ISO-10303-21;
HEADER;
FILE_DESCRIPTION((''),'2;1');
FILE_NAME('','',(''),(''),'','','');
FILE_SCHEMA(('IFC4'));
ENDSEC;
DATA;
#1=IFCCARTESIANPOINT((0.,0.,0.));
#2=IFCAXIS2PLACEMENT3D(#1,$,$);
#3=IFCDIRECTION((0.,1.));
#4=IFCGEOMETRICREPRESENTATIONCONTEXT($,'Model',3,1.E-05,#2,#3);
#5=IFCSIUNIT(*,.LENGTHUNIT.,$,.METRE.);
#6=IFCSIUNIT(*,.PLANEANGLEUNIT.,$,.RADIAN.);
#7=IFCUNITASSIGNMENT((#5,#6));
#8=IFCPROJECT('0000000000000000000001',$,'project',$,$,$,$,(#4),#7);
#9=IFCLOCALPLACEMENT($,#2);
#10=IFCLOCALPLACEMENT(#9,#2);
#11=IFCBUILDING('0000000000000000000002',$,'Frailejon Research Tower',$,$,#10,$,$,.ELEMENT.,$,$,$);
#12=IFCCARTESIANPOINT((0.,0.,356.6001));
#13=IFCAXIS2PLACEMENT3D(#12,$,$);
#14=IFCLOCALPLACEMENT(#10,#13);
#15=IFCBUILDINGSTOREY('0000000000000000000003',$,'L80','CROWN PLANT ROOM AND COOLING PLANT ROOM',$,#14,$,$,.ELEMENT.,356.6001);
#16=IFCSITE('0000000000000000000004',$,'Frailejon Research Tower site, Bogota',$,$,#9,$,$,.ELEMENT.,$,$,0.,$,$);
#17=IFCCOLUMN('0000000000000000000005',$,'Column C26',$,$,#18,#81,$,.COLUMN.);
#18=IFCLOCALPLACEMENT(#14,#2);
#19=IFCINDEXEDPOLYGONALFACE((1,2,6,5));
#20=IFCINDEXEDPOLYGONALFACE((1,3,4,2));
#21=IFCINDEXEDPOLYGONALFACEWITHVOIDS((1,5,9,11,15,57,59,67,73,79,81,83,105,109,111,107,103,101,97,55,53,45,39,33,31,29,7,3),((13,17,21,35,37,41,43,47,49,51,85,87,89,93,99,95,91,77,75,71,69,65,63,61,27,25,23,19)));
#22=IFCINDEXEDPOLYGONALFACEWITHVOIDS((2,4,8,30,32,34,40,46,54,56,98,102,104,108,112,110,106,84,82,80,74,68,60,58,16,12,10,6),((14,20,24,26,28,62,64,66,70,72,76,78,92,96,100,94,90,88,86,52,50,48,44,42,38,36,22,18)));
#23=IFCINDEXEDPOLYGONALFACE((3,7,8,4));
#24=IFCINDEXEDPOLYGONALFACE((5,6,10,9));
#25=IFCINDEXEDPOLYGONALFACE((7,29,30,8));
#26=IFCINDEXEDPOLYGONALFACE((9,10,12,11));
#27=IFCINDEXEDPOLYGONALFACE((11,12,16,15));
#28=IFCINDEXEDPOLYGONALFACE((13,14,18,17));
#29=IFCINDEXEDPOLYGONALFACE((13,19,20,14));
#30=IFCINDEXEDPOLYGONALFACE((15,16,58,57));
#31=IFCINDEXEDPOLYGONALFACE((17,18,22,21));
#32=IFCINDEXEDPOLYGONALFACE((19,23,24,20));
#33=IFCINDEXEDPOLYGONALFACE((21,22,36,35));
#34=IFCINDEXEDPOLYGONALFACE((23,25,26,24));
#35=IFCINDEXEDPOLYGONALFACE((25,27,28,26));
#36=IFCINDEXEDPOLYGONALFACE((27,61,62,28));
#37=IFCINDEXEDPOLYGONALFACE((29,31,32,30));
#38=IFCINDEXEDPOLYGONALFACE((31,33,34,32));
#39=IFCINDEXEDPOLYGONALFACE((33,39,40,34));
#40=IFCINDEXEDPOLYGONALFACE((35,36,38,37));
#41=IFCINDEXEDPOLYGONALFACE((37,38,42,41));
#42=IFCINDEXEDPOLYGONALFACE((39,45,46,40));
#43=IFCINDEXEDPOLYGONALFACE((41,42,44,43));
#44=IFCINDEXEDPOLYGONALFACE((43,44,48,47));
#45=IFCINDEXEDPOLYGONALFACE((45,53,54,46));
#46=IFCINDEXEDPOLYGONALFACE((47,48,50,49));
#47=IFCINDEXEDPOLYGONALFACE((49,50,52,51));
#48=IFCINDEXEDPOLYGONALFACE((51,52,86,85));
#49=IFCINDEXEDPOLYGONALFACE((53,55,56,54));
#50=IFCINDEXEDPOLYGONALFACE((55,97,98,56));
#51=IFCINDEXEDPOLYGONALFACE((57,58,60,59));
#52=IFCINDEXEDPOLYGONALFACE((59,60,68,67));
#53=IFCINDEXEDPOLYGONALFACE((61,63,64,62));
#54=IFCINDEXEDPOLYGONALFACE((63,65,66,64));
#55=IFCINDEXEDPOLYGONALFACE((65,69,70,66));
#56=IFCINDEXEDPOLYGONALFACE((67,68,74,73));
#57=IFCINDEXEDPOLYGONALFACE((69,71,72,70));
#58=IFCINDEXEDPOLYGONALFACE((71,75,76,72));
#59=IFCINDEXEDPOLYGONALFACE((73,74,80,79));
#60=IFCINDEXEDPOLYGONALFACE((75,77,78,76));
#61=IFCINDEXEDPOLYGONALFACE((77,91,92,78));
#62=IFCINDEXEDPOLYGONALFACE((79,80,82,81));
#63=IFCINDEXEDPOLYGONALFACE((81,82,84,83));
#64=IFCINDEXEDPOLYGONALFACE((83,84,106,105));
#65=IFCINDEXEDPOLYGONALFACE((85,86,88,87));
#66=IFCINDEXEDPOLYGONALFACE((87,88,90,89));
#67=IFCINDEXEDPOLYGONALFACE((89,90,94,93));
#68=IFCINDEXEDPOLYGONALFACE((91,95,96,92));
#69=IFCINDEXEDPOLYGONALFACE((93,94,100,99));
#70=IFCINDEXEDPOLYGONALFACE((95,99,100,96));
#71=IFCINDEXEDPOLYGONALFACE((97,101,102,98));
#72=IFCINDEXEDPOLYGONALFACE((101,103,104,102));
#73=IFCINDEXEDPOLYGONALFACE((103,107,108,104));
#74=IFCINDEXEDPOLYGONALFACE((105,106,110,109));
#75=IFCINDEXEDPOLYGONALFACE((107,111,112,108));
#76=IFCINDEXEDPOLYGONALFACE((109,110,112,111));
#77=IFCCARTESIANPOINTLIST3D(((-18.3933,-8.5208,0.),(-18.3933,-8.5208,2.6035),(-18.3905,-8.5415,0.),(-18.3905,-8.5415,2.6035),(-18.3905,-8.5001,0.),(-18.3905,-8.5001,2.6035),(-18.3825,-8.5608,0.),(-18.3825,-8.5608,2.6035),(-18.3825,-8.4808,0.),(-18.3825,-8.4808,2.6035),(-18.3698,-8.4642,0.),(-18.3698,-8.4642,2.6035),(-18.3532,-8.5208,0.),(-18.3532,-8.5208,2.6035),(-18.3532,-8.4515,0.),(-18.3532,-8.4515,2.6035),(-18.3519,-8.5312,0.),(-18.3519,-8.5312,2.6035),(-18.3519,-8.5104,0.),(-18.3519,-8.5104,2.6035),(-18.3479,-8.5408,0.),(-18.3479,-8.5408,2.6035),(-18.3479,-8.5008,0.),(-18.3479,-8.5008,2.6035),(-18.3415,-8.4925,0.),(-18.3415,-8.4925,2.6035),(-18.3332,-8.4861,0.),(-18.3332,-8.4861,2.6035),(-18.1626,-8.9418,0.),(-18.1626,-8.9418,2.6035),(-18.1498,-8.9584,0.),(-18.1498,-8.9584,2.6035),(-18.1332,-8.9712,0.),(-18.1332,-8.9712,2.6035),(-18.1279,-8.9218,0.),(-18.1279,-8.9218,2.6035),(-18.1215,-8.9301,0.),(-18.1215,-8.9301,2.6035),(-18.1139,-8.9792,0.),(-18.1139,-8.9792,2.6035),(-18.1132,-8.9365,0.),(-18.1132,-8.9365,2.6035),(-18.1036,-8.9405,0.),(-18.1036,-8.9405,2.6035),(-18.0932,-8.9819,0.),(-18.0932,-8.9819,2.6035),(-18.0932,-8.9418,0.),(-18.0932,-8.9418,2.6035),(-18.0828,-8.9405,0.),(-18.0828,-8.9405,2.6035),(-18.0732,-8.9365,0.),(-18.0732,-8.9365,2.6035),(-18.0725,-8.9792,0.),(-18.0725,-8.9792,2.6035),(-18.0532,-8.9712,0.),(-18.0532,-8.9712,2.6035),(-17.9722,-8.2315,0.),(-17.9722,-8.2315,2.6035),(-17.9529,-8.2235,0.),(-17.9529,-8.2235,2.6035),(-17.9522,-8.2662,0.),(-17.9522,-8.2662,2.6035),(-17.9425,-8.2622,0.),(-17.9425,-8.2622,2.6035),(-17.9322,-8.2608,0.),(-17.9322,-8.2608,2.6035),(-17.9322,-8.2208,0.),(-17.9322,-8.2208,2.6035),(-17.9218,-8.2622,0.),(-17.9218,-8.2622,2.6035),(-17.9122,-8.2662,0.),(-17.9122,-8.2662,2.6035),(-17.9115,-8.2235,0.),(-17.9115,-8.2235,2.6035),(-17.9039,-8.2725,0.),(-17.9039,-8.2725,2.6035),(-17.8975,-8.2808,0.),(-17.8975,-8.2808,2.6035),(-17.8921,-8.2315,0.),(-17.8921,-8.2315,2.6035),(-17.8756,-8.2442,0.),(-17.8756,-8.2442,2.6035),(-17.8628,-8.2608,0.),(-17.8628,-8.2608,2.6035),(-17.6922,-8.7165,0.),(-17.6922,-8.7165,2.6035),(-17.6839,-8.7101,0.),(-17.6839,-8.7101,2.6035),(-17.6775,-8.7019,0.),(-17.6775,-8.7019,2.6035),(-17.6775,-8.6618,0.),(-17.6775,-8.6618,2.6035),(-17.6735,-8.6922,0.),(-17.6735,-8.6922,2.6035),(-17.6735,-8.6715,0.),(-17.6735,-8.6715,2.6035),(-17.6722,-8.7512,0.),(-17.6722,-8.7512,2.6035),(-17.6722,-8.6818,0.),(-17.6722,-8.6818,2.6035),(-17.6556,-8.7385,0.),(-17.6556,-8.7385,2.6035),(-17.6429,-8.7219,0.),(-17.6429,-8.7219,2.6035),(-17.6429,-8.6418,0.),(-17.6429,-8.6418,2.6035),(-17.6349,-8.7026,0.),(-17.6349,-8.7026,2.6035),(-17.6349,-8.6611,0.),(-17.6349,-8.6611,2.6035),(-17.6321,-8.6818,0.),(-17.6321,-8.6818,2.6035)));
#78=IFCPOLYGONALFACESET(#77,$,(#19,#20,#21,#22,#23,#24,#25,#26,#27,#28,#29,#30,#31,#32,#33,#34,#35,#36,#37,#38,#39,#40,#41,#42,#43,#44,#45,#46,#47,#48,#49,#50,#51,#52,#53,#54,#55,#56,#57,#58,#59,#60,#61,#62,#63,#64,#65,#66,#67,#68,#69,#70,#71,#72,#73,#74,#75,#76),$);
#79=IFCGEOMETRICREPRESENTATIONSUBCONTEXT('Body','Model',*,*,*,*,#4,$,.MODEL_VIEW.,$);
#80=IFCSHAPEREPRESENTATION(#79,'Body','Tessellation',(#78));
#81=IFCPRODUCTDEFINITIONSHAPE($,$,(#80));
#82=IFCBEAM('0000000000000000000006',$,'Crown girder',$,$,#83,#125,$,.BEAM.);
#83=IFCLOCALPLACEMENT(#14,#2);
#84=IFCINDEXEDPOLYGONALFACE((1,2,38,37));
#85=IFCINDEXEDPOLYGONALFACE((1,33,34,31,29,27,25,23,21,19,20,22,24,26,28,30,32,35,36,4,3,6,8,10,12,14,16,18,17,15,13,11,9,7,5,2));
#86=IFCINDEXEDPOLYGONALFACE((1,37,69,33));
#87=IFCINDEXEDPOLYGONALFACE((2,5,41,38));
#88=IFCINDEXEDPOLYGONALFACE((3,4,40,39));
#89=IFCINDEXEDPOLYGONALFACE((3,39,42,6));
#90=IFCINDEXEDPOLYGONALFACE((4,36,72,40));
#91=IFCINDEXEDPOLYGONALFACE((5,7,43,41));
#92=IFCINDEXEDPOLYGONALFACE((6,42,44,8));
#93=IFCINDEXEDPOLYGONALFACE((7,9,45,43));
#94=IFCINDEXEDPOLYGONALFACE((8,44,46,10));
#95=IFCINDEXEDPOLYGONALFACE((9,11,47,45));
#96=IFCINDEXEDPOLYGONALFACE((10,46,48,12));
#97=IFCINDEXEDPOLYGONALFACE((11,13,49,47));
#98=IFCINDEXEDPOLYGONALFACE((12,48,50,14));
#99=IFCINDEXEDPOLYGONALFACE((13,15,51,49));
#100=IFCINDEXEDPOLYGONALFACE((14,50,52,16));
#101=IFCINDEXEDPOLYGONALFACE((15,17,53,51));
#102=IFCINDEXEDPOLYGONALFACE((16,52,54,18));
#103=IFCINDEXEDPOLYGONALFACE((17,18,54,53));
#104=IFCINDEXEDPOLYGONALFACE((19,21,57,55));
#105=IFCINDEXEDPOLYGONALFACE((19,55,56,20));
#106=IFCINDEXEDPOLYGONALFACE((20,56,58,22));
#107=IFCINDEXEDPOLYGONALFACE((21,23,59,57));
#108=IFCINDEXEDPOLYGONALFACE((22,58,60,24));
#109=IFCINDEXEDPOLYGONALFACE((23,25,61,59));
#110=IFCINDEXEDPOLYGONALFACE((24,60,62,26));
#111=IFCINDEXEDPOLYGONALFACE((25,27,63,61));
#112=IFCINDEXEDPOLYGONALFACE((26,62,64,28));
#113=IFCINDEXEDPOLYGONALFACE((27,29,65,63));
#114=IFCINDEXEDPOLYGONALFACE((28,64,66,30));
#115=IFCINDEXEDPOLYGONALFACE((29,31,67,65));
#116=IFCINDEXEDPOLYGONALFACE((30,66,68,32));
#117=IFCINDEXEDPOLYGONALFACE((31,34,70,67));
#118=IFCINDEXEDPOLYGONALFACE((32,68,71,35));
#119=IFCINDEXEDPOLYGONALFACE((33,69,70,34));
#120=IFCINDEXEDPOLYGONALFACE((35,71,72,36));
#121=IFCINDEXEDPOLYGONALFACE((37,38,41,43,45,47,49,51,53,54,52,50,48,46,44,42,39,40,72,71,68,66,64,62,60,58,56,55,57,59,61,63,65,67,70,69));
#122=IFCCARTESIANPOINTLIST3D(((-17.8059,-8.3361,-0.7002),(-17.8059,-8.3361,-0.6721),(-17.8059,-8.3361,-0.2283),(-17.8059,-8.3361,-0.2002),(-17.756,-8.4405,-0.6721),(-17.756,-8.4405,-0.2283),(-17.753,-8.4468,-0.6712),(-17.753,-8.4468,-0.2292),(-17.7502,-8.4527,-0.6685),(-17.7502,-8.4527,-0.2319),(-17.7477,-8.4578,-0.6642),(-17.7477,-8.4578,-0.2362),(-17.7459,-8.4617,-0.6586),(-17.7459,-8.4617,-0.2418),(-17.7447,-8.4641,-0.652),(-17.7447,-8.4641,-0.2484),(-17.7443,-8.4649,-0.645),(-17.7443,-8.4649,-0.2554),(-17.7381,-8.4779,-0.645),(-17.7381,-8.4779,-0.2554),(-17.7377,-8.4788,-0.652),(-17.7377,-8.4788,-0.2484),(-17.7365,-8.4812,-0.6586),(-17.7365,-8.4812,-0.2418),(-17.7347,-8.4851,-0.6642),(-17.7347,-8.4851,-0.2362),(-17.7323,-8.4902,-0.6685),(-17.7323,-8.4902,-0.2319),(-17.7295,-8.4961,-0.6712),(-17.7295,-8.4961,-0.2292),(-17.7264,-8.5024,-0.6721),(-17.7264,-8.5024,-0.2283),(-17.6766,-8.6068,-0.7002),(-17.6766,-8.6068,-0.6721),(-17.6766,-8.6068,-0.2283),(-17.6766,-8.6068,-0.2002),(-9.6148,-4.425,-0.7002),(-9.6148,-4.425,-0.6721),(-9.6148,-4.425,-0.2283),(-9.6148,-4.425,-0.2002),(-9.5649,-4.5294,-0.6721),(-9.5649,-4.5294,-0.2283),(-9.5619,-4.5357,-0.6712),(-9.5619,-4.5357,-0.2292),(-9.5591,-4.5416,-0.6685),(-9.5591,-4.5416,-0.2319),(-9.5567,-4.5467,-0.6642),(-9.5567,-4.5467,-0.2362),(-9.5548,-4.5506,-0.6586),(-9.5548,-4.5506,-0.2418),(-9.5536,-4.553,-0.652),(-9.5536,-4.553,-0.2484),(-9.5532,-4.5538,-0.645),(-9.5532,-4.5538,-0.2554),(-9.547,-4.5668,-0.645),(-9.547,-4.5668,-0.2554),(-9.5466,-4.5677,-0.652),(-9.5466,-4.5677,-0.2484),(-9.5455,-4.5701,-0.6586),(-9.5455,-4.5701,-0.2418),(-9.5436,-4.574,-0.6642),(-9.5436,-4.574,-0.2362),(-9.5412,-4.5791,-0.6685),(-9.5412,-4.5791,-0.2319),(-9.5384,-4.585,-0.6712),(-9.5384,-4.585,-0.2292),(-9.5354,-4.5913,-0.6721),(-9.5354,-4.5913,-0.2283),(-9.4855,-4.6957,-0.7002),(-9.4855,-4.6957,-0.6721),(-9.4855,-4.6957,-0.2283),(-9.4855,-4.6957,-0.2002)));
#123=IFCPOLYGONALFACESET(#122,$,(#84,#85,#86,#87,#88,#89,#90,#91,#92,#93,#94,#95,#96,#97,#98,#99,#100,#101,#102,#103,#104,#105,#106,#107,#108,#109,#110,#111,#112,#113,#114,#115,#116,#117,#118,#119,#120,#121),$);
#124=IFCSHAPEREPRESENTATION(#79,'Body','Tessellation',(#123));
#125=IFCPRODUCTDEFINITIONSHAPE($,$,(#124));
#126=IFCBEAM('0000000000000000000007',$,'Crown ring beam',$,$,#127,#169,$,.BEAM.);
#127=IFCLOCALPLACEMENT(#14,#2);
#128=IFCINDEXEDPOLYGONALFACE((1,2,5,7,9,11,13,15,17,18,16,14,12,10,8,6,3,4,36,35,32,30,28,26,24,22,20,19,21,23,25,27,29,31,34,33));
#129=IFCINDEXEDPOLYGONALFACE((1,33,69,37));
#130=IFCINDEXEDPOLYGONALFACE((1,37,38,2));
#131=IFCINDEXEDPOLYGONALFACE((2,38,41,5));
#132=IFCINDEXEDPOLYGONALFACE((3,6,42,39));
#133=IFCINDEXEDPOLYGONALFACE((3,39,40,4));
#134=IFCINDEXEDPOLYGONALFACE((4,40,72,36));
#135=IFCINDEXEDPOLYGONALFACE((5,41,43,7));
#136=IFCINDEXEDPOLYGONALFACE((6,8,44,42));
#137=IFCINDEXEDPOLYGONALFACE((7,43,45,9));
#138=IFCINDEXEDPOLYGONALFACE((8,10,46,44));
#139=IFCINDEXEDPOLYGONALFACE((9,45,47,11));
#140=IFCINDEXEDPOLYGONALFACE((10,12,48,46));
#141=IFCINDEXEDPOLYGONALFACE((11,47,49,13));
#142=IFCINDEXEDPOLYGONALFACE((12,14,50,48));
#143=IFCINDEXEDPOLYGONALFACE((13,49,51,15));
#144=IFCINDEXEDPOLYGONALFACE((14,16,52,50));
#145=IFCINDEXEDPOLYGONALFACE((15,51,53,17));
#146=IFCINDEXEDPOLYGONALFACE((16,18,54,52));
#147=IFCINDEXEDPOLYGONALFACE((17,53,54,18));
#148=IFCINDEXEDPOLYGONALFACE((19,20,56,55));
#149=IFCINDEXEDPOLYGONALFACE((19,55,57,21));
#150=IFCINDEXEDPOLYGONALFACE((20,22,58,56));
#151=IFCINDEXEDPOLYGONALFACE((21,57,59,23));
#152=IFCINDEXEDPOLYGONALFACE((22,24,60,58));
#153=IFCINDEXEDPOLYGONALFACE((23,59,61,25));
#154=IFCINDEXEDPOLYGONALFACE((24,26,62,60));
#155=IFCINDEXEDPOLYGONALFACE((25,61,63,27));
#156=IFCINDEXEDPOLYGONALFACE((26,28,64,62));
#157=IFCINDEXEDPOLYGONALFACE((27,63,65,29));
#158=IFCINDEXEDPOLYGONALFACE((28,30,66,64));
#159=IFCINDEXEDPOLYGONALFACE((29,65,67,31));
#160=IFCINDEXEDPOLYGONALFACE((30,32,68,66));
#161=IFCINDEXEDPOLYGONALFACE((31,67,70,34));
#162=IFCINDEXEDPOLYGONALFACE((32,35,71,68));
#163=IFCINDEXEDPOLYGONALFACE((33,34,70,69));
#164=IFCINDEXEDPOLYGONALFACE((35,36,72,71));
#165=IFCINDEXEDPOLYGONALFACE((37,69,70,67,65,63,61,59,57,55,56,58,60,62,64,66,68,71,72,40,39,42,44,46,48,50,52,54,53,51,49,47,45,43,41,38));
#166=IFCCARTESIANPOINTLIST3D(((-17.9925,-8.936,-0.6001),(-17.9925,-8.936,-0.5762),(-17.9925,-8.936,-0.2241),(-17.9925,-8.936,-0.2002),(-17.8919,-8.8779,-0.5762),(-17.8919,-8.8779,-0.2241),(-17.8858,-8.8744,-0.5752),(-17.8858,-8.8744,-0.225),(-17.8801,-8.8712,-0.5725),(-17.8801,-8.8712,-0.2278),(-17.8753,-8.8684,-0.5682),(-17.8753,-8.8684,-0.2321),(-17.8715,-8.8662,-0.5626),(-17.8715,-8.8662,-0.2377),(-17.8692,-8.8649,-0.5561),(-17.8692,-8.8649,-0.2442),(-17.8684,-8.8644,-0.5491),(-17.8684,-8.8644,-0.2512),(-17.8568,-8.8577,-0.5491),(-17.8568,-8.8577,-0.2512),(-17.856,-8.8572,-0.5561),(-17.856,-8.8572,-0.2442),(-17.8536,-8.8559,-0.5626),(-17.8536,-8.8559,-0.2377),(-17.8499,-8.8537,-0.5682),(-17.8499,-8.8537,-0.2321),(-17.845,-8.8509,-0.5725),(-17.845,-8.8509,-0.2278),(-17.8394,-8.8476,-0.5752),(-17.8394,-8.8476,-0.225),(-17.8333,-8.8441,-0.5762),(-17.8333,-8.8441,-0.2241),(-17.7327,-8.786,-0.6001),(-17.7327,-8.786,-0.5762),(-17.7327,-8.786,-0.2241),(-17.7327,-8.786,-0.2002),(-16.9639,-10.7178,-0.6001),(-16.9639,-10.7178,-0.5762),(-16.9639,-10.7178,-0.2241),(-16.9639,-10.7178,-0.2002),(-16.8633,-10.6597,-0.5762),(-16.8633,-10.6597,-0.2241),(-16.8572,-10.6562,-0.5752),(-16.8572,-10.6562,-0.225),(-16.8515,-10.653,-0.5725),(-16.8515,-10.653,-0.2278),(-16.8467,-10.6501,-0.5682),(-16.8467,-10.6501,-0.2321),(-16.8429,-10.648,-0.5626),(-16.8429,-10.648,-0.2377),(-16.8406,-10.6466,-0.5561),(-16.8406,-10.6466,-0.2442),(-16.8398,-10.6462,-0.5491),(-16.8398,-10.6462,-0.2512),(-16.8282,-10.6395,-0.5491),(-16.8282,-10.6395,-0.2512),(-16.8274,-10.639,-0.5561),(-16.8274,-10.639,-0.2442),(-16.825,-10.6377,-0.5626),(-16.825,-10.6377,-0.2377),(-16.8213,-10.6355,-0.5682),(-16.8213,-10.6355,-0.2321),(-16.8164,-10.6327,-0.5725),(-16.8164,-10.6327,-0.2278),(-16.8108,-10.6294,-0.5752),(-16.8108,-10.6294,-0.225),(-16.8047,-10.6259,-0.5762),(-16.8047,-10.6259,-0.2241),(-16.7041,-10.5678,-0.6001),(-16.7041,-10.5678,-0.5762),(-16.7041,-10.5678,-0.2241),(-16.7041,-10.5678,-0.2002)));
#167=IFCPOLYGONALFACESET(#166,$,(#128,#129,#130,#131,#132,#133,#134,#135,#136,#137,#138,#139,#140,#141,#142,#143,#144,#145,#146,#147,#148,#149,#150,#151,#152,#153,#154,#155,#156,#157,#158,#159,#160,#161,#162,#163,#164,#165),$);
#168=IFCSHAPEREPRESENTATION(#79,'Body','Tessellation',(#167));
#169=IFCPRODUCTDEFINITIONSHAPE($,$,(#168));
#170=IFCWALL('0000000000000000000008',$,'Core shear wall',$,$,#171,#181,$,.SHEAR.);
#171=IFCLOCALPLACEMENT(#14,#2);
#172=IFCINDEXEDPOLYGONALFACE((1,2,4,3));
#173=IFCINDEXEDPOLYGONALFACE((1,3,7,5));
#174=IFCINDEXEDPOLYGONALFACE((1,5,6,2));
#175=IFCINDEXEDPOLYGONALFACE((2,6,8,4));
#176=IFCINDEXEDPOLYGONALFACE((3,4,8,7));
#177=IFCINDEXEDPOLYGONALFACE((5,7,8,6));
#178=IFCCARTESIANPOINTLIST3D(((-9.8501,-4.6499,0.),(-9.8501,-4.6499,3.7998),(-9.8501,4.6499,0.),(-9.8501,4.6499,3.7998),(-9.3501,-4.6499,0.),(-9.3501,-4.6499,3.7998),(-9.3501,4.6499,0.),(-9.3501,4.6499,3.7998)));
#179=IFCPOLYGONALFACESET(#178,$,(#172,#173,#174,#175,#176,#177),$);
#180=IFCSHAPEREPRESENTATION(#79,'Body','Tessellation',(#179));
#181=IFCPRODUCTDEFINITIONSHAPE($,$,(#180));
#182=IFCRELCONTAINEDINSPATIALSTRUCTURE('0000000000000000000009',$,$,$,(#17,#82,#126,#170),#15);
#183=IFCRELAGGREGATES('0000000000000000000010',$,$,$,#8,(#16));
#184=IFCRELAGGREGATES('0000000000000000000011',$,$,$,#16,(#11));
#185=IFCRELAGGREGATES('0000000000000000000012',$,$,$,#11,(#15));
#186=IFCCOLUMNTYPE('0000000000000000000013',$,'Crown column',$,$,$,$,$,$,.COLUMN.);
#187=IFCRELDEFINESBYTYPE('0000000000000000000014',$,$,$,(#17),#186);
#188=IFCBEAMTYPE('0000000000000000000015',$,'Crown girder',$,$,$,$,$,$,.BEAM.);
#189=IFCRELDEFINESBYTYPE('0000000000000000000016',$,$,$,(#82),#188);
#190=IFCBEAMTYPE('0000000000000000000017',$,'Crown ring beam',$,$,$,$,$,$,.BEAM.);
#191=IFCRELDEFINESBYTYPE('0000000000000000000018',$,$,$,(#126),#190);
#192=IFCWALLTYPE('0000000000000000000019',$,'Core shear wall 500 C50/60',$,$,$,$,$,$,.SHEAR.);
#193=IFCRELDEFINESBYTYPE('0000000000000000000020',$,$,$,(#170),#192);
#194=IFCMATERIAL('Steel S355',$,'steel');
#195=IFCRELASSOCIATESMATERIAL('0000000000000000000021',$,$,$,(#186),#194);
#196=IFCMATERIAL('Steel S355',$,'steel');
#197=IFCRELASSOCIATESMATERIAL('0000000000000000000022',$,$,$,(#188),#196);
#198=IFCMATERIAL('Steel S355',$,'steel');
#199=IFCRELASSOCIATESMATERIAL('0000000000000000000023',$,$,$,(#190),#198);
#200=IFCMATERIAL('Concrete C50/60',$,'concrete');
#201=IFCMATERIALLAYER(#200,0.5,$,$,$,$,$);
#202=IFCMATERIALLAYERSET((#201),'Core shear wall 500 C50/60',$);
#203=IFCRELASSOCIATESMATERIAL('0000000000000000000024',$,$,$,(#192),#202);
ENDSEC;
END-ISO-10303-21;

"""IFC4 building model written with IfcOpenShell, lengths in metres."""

from ifc_helpers import new_model, si_unit, direction, frame, frame_2d, origin, origin_2d, place, context, subcontext, project, spatial, rectangle, hollow_rectangle, i_section, extrude, material, layer, layer_set, material_profile, profile_set, type_object, element, save


model = new_model("IFC4")

# Units and contexts
model_context = context("Model", 3, precision=1e-05, world=origin(), true_north=direction((0.0, 1.0)))
body_context = subcontext(model_context, "Body", "Model", "MODEL_VIEW")
ifc_project = project(units=[si_unit("LENGTHUNIT", "METRE"), si_unit("PLANEANGLEUNIT", "RADIAN")], contexts=[model_context])

# Site, building, storey
site_placement = place(None, origin())
site = spatial("IfcSite", under=ifc_project, at=site_placement, Name="Frailejon Research Tower site, Bogota", CompositionType="ELEMENT", RefElevation=0.0)
building_placement = place(site_placement, origin())
building = spatial("IfcBuilding", under=site, at=building_placement, Name="Frailejon Research Tower", CompositionType="ELEMENT")
storey_placement = place(building_placement, frame((0.0, 0.0, 356.6001)))
storey = spatial("IfcBuildingStorey", under=building, at=storey_placement, Name="L80", Description="CROWN PLANT ROOM AND COOLING PLANT ROOM", CompositionType="ELEMENT", Elevation=356.6001)

# Column
ifc_material_1 = material(Name="Steel S355", Category="steel")
ifc_material_profile_1 = material_profile(ifc_material_1, hollow_rectangle(XDim=0.6001, YDim=0.6001, WallThickness=0.04, InnerFilletRadius=0.04, OuterFilletRadius=0.0801, at=origin_2d()), Name="Crown column")
ifc_profile_set_1 = profile_set([ifc_material_profile_1], Name="Steel S355")
column_type = type_object("IfcColumnType", Name="Crown column", PredefinedType="COLUMN", material=ifc_profile_set_1)
column_placement = place(storey_placement, frame((-18.0127, -8.6013, 0.0), z_axis=(0.0, 0.0, 1.0), x_axis=(0.5, -0.866025, 0.0)))
element("IfcColumn", 1, at=column_placement, inside=storey, type_object=column_type, Name="Column C26", PredefinedType="COLUMN", context=body_context, shape_type="SweptSolid", body=[
    extrude(hollow_rectangle(XDim=0.6001, YDim=0.6001, WallThickness=0.04, InnerFilletRadius=0.04, OuterFilletRadius=0.0801, at=origin_2d()), origin(), (0.0, 0.0, 1.0), 2.6035),
])

# Beams
ifc_material_2 = material(Name="Steel S355", Category="steel")
ifc_material_profile_2 = material_profile(ifc_material_2, i_section(OverallWidth=0.3, OverallDepth=0.5, WebThickness=0.0144, FlangeThickness=0.0281, FilletRadius=0.0271, at=origin_2d()), Name="HE 500 B")
ifc_profile_set_2 = profile_set([ifc_material_profile_2], Name="Steel S355")
beam_type_1 = type_object("IfcBeamType", Name="Crown girder", PredefinedType="BEAM", material=ifc_profile_set_2)
beam_1_placement = place(storey_placement, frame((-17.7412, -8.4714, -0.4502), z_axis=(0.902408, 0.430883, 0.0), x_axis=(-0.430883, 0.902408, 0.0)))
element("IfcBeam", 2, at=beam_1_placement, inside=storey, type_object=beam_type_1, Name="Crown girder", PredefinedType="BEAM", context=body_context, shape_type="SweptSolid", body=[
    extrude(i_section(OverallWidth=0.3, OverallDepth=0.5, WebThickness=0.0144, FlangeThickness=0.0281, FilletRadius=0.0271, at=origin_2d()), origin(), (0.0, 0.0, 1.0), 9.0769),
])
ifc_material_3 = material(Name="Steel S355", Category="steel")
ifc_material_profile_3 = material_profile(ifc_material_3, i_section(OverallWidth=0.3, OverallDepth=0.3999, WebThickness=0.0134, FlangeThickness=0.0239, FilletRadius=0.0271, at=origin_2d()), Name="HE 400 B")
ifc_profile_set_3 = profile_set([ifc_material_profile_3], Name="Steel S355")
beam_type_2 = type_object("IfcBeamType", Name="Crown ring beam", PredefinedType="BEAM", material=ifc_profile_set_3)
beam_2_placement = place(storey_placement, frame((-16.834, -10.6428, -0.4001), z_axis=(-0.499955, 0.866051, 0.0), x_axis=(-0.866051, -0.499955, 0.0)))
element("IfcBeam", 3, at=beam_2_placement, inside=storey, type_object=beam_type_2, Name="Crown ring beam", PredefinedType="BEAM", context=body_context, shape_type="SweptSolid", body=[
    extrude(i_section(OverallWidth=0.3, OverallDepth=0.3999, WebThickness=0.0134, FlangeThickness=0.0239, FilletRadius=0.0271, at=origin_2d()), origin(), (0.0, 0.0, 1.0), 2.0574),
])

# Wall
ifc_material_4 = material(Name="Concrete C50/60", Category="concrete")
ifc_layer_1 = layer(ifc_material_4, 0.5)
ifc_layer_set_1 = layer_set([ifc_layer_1], Name="Core shear wall 500 C50/60")
wall_type_1 = type_object("IfcWallType", Name="Core shear wall 500 C50/60", PredefinedType="SHEAR", material=ifc_layer_set_1)
wall_1_placement = place(storey_placement, frame((-9.6001, 4.6499, 0.0), z_axis=(0.0, 0.0, 1.0), x_axis=(0.0, -1.0, 0.0)))
element("IfcWall", 4, at=wall_1_placement, inside=storey, type_object=wall_type_1, Name="Core shear wall", PredefinedType="SHEAR", context=body_context, shape_type="SweptSolid", body=[
    extrude(rectangle(XDim=9.2998, YDim=0.5, at=frame_2d((4.6499, 0.0))), origin(), (0.0, 0.0, 1.0), 3.7998),
])

save(model, "model.ifc")
